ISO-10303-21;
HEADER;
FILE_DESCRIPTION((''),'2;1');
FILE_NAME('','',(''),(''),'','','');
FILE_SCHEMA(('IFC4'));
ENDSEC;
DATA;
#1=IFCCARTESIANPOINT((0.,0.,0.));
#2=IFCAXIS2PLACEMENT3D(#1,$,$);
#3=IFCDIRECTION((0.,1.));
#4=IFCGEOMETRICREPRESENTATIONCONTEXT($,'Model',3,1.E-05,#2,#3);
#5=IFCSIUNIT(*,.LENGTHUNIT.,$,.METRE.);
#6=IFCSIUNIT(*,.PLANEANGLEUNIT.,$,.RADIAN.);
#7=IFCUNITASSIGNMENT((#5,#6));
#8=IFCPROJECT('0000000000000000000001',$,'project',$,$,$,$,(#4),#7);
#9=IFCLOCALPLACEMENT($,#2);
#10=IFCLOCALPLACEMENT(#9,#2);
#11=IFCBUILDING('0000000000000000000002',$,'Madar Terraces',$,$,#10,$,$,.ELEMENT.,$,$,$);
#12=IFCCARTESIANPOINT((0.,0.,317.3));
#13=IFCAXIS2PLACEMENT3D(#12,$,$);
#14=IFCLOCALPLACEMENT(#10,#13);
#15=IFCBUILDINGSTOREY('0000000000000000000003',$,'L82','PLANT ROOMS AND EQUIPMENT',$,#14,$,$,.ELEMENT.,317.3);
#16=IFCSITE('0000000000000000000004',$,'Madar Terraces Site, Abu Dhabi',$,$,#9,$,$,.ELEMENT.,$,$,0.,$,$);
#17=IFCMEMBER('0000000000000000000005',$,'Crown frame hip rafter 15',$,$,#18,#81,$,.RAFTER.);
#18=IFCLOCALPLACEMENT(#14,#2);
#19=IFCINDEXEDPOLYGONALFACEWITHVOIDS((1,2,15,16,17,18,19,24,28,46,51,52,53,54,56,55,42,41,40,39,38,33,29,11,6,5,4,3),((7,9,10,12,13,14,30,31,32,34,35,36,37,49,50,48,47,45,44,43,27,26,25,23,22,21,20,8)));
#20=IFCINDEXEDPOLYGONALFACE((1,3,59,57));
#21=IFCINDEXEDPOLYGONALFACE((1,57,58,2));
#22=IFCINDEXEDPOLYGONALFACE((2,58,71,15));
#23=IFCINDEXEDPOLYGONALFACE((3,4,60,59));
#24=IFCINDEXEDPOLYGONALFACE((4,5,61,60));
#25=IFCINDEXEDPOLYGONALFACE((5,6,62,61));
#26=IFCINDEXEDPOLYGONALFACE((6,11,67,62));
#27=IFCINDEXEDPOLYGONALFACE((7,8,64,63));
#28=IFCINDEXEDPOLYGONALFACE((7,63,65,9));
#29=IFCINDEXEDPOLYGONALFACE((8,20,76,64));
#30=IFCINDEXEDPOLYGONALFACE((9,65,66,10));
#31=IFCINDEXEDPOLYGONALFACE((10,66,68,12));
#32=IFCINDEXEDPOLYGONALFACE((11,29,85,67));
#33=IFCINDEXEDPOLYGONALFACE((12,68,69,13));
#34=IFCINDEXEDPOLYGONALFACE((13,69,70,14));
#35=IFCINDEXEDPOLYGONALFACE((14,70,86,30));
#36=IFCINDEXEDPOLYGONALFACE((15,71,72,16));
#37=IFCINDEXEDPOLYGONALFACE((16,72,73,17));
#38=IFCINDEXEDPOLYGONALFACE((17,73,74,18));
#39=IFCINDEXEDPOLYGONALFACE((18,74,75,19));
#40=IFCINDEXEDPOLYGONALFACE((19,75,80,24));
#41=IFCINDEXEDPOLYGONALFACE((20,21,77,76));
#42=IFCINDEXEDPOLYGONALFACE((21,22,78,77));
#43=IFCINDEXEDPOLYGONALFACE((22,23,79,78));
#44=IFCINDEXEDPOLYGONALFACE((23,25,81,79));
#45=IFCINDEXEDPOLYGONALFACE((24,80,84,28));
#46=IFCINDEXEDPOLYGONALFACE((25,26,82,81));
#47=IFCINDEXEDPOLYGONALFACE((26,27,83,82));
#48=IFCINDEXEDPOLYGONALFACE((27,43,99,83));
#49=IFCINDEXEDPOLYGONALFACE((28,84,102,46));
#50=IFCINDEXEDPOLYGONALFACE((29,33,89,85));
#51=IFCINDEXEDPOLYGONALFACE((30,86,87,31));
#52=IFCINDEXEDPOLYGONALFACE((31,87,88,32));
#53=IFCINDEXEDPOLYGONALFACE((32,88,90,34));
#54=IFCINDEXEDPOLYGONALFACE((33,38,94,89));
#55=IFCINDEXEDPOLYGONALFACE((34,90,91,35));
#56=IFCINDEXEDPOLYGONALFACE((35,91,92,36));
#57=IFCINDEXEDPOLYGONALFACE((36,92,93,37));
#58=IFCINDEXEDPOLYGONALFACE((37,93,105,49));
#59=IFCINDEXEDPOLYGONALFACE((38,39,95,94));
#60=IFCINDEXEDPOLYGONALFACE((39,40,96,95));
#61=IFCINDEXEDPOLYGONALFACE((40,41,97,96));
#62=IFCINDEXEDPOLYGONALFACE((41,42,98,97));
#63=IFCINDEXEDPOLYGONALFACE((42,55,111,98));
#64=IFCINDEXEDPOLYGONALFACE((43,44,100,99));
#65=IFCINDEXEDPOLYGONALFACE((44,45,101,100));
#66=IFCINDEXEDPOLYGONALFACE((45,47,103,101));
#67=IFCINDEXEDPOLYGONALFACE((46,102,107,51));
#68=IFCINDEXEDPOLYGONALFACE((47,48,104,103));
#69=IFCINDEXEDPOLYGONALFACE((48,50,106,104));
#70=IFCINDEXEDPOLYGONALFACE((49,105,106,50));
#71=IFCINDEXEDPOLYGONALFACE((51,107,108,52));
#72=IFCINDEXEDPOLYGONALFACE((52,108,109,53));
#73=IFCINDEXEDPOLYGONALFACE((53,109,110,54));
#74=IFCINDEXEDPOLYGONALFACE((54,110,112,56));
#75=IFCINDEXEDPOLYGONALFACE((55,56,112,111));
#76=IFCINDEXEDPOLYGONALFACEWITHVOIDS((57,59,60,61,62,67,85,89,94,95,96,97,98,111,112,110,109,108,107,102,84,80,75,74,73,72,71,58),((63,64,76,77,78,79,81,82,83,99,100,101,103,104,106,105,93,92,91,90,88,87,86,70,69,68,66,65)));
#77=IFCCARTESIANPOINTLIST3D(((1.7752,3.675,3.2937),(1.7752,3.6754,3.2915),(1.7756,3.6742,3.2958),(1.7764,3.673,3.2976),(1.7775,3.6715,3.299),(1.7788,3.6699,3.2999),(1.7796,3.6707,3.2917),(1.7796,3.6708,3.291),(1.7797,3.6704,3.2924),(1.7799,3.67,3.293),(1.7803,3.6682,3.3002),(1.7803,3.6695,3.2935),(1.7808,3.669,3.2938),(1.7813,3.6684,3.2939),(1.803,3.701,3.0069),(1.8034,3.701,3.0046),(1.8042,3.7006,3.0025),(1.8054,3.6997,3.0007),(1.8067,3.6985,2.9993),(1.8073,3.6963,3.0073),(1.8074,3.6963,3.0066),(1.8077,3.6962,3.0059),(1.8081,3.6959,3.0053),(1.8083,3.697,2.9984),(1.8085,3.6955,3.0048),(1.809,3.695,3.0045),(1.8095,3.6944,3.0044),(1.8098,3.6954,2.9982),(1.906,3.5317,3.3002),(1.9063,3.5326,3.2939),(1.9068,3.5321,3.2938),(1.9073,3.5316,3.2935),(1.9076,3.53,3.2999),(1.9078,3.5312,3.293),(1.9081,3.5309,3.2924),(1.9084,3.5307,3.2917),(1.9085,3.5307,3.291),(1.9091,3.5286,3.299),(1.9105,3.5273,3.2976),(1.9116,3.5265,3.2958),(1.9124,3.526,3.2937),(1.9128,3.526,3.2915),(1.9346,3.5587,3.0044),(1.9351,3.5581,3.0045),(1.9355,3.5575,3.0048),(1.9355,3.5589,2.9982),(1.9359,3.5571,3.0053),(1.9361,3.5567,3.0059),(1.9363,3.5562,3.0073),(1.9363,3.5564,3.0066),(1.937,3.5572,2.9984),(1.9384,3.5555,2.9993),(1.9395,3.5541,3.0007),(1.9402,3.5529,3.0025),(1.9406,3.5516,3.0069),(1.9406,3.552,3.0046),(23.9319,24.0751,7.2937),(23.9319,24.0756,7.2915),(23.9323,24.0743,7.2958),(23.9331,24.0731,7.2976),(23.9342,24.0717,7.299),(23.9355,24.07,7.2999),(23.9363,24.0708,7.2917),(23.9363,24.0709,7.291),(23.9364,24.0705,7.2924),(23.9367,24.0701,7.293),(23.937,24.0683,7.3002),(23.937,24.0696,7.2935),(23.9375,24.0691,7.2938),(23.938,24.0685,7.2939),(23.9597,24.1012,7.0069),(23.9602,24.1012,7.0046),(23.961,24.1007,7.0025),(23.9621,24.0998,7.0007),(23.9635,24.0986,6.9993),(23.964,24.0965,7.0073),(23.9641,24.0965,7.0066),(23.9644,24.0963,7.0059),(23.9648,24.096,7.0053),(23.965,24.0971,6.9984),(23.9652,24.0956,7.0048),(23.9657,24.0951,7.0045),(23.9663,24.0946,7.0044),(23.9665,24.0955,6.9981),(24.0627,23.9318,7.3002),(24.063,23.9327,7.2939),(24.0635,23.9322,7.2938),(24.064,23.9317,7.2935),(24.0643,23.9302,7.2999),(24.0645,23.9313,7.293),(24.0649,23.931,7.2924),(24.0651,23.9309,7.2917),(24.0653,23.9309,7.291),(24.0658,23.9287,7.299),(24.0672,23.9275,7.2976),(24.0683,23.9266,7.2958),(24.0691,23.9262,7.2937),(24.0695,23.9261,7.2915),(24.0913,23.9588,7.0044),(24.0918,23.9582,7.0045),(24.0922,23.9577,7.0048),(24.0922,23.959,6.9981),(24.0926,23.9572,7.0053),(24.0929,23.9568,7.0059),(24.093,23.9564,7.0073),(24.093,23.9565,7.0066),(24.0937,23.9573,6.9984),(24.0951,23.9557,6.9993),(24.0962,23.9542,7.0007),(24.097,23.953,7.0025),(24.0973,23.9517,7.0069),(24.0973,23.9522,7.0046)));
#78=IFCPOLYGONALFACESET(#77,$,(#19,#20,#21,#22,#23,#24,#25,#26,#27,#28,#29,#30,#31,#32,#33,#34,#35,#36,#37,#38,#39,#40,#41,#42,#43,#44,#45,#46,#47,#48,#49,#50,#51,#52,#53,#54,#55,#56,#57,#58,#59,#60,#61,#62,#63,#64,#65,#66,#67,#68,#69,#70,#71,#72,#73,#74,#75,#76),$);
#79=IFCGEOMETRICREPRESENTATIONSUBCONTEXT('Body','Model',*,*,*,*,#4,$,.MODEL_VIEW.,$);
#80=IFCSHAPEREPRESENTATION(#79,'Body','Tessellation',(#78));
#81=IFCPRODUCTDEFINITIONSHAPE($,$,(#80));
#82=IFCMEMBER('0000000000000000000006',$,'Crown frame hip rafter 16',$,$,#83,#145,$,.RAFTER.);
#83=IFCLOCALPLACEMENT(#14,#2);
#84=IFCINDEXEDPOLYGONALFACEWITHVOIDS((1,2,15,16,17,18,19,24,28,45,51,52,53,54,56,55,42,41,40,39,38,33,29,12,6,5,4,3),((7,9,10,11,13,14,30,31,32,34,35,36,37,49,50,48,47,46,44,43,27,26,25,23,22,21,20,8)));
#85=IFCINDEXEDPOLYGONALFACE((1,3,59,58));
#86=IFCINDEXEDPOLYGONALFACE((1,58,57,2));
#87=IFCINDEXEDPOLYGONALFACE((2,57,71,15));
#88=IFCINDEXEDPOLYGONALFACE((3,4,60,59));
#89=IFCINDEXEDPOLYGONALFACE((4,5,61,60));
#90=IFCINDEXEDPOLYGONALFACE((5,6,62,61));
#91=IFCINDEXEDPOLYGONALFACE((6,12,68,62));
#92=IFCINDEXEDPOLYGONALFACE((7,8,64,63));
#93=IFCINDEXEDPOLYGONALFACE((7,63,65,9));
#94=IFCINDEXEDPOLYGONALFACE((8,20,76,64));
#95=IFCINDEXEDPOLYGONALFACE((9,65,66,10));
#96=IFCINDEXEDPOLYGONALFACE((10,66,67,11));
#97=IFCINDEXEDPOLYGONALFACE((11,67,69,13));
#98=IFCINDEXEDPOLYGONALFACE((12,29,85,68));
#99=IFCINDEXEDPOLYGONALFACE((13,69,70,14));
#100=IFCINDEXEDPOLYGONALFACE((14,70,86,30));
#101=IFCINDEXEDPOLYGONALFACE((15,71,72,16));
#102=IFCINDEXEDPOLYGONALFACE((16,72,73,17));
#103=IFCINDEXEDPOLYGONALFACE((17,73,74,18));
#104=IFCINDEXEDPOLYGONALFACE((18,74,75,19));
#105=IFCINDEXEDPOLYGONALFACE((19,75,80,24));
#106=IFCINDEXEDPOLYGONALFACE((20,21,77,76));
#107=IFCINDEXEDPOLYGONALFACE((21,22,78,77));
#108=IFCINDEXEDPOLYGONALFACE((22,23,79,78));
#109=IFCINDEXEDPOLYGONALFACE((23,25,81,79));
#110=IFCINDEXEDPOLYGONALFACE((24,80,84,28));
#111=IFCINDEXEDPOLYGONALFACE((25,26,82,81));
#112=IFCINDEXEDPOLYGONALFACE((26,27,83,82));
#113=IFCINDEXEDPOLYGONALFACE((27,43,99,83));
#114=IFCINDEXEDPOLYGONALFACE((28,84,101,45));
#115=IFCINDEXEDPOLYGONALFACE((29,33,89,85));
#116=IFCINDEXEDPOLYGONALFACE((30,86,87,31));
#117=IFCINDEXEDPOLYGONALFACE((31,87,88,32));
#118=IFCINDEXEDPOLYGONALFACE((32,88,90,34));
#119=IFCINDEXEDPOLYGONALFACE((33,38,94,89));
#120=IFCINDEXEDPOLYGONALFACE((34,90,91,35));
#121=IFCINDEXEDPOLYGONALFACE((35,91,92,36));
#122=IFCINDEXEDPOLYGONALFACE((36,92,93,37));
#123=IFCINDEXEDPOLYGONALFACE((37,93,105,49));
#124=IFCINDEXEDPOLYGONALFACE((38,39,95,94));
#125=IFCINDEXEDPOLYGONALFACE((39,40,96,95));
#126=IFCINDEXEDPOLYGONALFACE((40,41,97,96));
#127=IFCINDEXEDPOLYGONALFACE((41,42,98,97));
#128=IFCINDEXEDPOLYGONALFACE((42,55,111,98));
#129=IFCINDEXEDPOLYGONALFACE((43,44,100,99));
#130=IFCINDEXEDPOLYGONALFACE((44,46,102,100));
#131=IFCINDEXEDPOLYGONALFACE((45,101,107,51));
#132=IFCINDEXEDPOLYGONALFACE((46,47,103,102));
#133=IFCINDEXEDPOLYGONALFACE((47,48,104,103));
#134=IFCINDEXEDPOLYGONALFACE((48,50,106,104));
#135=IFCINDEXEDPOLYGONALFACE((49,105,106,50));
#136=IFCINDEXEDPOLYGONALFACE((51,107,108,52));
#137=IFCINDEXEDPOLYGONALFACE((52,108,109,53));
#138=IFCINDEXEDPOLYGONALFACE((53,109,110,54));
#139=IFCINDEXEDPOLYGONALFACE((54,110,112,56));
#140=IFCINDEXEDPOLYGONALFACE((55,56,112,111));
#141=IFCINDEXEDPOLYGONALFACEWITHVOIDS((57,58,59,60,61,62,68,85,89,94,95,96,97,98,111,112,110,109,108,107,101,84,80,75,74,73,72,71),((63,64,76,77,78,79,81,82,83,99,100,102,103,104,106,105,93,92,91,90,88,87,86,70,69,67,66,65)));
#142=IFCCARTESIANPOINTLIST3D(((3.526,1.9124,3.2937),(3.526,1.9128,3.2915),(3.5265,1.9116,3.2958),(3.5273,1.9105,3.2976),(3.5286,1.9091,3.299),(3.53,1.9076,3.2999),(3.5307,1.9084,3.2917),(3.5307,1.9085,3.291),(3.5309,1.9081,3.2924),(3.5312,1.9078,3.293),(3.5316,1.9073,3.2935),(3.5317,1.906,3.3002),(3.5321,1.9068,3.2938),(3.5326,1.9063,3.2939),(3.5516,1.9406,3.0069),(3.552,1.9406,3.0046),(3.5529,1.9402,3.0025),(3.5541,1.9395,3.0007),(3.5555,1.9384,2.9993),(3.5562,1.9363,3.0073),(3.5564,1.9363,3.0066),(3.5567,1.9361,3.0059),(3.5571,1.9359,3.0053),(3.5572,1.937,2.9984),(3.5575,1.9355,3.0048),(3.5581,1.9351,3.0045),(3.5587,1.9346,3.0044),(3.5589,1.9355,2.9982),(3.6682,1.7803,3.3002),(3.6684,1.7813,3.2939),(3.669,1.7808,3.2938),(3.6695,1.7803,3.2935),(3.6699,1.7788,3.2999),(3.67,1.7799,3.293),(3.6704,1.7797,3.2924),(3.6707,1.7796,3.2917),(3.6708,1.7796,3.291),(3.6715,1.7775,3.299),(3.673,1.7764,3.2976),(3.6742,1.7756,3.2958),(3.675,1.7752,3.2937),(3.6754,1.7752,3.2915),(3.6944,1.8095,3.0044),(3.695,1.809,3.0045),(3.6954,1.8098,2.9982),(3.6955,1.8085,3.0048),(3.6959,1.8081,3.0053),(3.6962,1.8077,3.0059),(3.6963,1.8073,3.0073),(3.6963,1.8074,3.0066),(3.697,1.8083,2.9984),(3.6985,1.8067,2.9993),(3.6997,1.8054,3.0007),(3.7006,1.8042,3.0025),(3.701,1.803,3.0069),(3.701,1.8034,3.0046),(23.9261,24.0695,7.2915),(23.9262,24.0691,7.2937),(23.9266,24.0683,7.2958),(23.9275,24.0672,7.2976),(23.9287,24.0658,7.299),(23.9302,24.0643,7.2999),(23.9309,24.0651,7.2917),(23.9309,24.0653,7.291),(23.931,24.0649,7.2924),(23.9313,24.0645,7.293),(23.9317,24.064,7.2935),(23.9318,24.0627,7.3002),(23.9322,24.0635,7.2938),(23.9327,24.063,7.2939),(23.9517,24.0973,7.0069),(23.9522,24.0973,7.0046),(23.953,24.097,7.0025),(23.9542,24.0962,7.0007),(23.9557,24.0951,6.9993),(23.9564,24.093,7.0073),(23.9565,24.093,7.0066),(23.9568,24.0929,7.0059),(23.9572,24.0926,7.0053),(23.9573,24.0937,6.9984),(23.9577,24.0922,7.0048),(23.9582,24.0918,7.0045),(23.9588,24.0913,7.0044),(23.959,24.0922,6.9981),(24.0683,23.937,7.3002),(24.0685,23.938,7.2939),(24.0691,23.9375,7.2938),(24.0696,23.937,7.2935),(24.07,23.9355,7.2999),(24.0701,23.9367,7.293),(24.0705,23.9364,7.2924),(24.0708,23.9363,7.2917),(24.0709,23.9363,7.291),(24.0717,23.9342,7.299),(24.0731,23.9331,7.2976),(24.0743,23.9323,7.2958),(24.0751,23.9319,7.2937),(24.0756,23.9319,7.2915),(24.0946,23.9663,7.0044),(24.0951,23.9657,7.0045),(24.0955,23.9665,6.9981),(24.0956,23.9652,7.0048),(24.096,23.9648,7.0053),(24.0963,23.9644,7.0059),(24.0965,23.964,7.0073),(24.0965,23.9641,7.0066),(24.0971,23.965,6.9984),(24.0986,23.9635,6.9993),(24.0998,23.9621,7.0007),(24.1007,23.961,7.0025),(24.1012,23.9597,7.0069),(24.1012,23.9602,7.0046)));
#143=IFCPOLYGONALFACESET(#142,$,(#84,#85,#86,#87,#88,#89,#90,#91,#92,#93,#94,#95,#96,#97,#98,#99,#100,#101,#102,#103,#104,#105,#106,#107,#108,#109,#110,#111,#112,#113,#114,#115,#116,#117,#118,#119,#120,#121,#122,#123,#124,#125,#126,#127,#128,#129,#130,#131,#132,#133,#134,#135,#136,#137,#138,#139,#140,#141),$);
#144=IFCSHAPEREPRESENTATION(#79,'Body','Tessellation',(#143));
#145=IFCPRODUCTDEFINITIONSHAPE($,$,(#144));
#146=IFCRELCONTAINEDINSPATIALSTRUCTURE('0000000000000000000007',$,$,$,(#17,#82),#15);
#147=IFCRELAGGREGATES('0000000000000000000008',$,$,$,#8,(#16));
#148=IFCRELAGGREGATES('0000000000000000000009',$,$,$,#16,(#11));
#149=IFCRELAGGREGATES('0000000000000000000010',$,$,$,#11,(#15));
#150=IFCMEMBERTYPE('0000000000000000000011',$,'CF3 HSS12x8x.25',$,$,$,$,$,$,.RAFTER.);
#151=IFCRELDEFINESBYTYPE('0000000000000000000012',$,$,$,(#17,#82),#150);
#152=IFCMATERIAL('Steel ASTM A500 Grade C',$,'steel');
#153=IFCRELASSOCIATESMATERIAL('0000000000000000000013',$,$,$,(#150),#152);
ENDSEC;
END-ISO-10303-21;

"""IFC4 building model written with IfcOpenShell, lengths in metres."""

from ifc_helpers import new_model, si_unit, direction, frame, origin, origin_2d, place, context, subcontext, project, spatial, hollow_rectangle, extrude, material, material_profile, profile_set, type_object, element, save


model = new_model("IFC4")

# Units and contexts
model_context = context("Model", 3, precision=1e-05, world=origin(), true_north=direction((0.0, 1.0)))
body_context = subcontext(model_context, "Body", "Model", "MODEL_VIEW")
ifc_project = project(units=[si_unit("LENGTHUNIT", "METRE"), si_unit("PLANEANGLEUNIT", "RADIAN")], contexts=[model_context])

# Site, building, storey
site_placement = place(None, origin())
site = spatial("IfcSite", under=ifc_project, at=site_placement, Name="Madar Terraces Site, Abu Dhabi", CompositionType="ELEMENT", RefElevation=0.0)
building_placement = place(site_placement, origin())
building = spatial("IfcBuilding", under=site, at=building_placement, Name="Madar Terraces", CompositionType="ELEMENT")
storey_placement = place(building_placement, frame((0.0, 0.0, 317.3)))
storey = spatial("IfcBuildingStorey", under=building, at=storey_placement, Name="L82", Description="PLANT ROOMS AND EQUIPMENT", CompositionType="ELEMENT", Elevation=317.3)

# Members
ifc_material_1 = material(Name="Steel ASTM A500 Grade C", Category="steel")
ifc_material_profile_1 = material_profile(ifc_material_1, hollow_rectangle(XDim=0.2031, YDim=0.3047, WallThickness=0.0063, InnerFilletRadius=0.0029, OuterFilletRadius=0.0088, at=origin_2d()), Name="HSS12x8x.25")
ifc_profile_set_1 = profile_set([ifc_material_profile_1], Name="Steel ASTM A500 Grade C")
member_type_1 = type_object("IfcMemberType", Name="CF3 HSS12x8x.25", PredefinedType="RAFTER", material=ifc_profile_set_1)
for number, where, z_axis, x_axis, name in (
    (1, (1.8579, 3.6135, 3.1492), (0.729264, 0.671447, 0.131655), (-0.677343, 0.735667, 0.0), "Crown frame hip rafter 15"),
    (2, (3.6135, 1.8579, 3.1492), (0.671447, 0.729264, 0.131655), (-0.735667, 0.677343, 0.0), "Crown frame hip rafter 16"),
):
    element("IfcMember", number, at=place(storey_placement, frame(where, z_axis=z_axis, x_axis=x_axis)), inside=storey, type_object=member_type_1, Name=name, PredefinedType="RAFTER", context=body_context, shape_type="SweptSolid", body=[
        extrude(hollow_rectangle(XDim=0.2031, YDim=0.3047, WallThickness=0.0063, InnerFilletRadius=0.0029, OuterFilletRadius=0.0088, at=origin_2d()), origin(), (0.0, 0.0, 1.0), 30.3823),
    ])

save(model, "model.ifc")
